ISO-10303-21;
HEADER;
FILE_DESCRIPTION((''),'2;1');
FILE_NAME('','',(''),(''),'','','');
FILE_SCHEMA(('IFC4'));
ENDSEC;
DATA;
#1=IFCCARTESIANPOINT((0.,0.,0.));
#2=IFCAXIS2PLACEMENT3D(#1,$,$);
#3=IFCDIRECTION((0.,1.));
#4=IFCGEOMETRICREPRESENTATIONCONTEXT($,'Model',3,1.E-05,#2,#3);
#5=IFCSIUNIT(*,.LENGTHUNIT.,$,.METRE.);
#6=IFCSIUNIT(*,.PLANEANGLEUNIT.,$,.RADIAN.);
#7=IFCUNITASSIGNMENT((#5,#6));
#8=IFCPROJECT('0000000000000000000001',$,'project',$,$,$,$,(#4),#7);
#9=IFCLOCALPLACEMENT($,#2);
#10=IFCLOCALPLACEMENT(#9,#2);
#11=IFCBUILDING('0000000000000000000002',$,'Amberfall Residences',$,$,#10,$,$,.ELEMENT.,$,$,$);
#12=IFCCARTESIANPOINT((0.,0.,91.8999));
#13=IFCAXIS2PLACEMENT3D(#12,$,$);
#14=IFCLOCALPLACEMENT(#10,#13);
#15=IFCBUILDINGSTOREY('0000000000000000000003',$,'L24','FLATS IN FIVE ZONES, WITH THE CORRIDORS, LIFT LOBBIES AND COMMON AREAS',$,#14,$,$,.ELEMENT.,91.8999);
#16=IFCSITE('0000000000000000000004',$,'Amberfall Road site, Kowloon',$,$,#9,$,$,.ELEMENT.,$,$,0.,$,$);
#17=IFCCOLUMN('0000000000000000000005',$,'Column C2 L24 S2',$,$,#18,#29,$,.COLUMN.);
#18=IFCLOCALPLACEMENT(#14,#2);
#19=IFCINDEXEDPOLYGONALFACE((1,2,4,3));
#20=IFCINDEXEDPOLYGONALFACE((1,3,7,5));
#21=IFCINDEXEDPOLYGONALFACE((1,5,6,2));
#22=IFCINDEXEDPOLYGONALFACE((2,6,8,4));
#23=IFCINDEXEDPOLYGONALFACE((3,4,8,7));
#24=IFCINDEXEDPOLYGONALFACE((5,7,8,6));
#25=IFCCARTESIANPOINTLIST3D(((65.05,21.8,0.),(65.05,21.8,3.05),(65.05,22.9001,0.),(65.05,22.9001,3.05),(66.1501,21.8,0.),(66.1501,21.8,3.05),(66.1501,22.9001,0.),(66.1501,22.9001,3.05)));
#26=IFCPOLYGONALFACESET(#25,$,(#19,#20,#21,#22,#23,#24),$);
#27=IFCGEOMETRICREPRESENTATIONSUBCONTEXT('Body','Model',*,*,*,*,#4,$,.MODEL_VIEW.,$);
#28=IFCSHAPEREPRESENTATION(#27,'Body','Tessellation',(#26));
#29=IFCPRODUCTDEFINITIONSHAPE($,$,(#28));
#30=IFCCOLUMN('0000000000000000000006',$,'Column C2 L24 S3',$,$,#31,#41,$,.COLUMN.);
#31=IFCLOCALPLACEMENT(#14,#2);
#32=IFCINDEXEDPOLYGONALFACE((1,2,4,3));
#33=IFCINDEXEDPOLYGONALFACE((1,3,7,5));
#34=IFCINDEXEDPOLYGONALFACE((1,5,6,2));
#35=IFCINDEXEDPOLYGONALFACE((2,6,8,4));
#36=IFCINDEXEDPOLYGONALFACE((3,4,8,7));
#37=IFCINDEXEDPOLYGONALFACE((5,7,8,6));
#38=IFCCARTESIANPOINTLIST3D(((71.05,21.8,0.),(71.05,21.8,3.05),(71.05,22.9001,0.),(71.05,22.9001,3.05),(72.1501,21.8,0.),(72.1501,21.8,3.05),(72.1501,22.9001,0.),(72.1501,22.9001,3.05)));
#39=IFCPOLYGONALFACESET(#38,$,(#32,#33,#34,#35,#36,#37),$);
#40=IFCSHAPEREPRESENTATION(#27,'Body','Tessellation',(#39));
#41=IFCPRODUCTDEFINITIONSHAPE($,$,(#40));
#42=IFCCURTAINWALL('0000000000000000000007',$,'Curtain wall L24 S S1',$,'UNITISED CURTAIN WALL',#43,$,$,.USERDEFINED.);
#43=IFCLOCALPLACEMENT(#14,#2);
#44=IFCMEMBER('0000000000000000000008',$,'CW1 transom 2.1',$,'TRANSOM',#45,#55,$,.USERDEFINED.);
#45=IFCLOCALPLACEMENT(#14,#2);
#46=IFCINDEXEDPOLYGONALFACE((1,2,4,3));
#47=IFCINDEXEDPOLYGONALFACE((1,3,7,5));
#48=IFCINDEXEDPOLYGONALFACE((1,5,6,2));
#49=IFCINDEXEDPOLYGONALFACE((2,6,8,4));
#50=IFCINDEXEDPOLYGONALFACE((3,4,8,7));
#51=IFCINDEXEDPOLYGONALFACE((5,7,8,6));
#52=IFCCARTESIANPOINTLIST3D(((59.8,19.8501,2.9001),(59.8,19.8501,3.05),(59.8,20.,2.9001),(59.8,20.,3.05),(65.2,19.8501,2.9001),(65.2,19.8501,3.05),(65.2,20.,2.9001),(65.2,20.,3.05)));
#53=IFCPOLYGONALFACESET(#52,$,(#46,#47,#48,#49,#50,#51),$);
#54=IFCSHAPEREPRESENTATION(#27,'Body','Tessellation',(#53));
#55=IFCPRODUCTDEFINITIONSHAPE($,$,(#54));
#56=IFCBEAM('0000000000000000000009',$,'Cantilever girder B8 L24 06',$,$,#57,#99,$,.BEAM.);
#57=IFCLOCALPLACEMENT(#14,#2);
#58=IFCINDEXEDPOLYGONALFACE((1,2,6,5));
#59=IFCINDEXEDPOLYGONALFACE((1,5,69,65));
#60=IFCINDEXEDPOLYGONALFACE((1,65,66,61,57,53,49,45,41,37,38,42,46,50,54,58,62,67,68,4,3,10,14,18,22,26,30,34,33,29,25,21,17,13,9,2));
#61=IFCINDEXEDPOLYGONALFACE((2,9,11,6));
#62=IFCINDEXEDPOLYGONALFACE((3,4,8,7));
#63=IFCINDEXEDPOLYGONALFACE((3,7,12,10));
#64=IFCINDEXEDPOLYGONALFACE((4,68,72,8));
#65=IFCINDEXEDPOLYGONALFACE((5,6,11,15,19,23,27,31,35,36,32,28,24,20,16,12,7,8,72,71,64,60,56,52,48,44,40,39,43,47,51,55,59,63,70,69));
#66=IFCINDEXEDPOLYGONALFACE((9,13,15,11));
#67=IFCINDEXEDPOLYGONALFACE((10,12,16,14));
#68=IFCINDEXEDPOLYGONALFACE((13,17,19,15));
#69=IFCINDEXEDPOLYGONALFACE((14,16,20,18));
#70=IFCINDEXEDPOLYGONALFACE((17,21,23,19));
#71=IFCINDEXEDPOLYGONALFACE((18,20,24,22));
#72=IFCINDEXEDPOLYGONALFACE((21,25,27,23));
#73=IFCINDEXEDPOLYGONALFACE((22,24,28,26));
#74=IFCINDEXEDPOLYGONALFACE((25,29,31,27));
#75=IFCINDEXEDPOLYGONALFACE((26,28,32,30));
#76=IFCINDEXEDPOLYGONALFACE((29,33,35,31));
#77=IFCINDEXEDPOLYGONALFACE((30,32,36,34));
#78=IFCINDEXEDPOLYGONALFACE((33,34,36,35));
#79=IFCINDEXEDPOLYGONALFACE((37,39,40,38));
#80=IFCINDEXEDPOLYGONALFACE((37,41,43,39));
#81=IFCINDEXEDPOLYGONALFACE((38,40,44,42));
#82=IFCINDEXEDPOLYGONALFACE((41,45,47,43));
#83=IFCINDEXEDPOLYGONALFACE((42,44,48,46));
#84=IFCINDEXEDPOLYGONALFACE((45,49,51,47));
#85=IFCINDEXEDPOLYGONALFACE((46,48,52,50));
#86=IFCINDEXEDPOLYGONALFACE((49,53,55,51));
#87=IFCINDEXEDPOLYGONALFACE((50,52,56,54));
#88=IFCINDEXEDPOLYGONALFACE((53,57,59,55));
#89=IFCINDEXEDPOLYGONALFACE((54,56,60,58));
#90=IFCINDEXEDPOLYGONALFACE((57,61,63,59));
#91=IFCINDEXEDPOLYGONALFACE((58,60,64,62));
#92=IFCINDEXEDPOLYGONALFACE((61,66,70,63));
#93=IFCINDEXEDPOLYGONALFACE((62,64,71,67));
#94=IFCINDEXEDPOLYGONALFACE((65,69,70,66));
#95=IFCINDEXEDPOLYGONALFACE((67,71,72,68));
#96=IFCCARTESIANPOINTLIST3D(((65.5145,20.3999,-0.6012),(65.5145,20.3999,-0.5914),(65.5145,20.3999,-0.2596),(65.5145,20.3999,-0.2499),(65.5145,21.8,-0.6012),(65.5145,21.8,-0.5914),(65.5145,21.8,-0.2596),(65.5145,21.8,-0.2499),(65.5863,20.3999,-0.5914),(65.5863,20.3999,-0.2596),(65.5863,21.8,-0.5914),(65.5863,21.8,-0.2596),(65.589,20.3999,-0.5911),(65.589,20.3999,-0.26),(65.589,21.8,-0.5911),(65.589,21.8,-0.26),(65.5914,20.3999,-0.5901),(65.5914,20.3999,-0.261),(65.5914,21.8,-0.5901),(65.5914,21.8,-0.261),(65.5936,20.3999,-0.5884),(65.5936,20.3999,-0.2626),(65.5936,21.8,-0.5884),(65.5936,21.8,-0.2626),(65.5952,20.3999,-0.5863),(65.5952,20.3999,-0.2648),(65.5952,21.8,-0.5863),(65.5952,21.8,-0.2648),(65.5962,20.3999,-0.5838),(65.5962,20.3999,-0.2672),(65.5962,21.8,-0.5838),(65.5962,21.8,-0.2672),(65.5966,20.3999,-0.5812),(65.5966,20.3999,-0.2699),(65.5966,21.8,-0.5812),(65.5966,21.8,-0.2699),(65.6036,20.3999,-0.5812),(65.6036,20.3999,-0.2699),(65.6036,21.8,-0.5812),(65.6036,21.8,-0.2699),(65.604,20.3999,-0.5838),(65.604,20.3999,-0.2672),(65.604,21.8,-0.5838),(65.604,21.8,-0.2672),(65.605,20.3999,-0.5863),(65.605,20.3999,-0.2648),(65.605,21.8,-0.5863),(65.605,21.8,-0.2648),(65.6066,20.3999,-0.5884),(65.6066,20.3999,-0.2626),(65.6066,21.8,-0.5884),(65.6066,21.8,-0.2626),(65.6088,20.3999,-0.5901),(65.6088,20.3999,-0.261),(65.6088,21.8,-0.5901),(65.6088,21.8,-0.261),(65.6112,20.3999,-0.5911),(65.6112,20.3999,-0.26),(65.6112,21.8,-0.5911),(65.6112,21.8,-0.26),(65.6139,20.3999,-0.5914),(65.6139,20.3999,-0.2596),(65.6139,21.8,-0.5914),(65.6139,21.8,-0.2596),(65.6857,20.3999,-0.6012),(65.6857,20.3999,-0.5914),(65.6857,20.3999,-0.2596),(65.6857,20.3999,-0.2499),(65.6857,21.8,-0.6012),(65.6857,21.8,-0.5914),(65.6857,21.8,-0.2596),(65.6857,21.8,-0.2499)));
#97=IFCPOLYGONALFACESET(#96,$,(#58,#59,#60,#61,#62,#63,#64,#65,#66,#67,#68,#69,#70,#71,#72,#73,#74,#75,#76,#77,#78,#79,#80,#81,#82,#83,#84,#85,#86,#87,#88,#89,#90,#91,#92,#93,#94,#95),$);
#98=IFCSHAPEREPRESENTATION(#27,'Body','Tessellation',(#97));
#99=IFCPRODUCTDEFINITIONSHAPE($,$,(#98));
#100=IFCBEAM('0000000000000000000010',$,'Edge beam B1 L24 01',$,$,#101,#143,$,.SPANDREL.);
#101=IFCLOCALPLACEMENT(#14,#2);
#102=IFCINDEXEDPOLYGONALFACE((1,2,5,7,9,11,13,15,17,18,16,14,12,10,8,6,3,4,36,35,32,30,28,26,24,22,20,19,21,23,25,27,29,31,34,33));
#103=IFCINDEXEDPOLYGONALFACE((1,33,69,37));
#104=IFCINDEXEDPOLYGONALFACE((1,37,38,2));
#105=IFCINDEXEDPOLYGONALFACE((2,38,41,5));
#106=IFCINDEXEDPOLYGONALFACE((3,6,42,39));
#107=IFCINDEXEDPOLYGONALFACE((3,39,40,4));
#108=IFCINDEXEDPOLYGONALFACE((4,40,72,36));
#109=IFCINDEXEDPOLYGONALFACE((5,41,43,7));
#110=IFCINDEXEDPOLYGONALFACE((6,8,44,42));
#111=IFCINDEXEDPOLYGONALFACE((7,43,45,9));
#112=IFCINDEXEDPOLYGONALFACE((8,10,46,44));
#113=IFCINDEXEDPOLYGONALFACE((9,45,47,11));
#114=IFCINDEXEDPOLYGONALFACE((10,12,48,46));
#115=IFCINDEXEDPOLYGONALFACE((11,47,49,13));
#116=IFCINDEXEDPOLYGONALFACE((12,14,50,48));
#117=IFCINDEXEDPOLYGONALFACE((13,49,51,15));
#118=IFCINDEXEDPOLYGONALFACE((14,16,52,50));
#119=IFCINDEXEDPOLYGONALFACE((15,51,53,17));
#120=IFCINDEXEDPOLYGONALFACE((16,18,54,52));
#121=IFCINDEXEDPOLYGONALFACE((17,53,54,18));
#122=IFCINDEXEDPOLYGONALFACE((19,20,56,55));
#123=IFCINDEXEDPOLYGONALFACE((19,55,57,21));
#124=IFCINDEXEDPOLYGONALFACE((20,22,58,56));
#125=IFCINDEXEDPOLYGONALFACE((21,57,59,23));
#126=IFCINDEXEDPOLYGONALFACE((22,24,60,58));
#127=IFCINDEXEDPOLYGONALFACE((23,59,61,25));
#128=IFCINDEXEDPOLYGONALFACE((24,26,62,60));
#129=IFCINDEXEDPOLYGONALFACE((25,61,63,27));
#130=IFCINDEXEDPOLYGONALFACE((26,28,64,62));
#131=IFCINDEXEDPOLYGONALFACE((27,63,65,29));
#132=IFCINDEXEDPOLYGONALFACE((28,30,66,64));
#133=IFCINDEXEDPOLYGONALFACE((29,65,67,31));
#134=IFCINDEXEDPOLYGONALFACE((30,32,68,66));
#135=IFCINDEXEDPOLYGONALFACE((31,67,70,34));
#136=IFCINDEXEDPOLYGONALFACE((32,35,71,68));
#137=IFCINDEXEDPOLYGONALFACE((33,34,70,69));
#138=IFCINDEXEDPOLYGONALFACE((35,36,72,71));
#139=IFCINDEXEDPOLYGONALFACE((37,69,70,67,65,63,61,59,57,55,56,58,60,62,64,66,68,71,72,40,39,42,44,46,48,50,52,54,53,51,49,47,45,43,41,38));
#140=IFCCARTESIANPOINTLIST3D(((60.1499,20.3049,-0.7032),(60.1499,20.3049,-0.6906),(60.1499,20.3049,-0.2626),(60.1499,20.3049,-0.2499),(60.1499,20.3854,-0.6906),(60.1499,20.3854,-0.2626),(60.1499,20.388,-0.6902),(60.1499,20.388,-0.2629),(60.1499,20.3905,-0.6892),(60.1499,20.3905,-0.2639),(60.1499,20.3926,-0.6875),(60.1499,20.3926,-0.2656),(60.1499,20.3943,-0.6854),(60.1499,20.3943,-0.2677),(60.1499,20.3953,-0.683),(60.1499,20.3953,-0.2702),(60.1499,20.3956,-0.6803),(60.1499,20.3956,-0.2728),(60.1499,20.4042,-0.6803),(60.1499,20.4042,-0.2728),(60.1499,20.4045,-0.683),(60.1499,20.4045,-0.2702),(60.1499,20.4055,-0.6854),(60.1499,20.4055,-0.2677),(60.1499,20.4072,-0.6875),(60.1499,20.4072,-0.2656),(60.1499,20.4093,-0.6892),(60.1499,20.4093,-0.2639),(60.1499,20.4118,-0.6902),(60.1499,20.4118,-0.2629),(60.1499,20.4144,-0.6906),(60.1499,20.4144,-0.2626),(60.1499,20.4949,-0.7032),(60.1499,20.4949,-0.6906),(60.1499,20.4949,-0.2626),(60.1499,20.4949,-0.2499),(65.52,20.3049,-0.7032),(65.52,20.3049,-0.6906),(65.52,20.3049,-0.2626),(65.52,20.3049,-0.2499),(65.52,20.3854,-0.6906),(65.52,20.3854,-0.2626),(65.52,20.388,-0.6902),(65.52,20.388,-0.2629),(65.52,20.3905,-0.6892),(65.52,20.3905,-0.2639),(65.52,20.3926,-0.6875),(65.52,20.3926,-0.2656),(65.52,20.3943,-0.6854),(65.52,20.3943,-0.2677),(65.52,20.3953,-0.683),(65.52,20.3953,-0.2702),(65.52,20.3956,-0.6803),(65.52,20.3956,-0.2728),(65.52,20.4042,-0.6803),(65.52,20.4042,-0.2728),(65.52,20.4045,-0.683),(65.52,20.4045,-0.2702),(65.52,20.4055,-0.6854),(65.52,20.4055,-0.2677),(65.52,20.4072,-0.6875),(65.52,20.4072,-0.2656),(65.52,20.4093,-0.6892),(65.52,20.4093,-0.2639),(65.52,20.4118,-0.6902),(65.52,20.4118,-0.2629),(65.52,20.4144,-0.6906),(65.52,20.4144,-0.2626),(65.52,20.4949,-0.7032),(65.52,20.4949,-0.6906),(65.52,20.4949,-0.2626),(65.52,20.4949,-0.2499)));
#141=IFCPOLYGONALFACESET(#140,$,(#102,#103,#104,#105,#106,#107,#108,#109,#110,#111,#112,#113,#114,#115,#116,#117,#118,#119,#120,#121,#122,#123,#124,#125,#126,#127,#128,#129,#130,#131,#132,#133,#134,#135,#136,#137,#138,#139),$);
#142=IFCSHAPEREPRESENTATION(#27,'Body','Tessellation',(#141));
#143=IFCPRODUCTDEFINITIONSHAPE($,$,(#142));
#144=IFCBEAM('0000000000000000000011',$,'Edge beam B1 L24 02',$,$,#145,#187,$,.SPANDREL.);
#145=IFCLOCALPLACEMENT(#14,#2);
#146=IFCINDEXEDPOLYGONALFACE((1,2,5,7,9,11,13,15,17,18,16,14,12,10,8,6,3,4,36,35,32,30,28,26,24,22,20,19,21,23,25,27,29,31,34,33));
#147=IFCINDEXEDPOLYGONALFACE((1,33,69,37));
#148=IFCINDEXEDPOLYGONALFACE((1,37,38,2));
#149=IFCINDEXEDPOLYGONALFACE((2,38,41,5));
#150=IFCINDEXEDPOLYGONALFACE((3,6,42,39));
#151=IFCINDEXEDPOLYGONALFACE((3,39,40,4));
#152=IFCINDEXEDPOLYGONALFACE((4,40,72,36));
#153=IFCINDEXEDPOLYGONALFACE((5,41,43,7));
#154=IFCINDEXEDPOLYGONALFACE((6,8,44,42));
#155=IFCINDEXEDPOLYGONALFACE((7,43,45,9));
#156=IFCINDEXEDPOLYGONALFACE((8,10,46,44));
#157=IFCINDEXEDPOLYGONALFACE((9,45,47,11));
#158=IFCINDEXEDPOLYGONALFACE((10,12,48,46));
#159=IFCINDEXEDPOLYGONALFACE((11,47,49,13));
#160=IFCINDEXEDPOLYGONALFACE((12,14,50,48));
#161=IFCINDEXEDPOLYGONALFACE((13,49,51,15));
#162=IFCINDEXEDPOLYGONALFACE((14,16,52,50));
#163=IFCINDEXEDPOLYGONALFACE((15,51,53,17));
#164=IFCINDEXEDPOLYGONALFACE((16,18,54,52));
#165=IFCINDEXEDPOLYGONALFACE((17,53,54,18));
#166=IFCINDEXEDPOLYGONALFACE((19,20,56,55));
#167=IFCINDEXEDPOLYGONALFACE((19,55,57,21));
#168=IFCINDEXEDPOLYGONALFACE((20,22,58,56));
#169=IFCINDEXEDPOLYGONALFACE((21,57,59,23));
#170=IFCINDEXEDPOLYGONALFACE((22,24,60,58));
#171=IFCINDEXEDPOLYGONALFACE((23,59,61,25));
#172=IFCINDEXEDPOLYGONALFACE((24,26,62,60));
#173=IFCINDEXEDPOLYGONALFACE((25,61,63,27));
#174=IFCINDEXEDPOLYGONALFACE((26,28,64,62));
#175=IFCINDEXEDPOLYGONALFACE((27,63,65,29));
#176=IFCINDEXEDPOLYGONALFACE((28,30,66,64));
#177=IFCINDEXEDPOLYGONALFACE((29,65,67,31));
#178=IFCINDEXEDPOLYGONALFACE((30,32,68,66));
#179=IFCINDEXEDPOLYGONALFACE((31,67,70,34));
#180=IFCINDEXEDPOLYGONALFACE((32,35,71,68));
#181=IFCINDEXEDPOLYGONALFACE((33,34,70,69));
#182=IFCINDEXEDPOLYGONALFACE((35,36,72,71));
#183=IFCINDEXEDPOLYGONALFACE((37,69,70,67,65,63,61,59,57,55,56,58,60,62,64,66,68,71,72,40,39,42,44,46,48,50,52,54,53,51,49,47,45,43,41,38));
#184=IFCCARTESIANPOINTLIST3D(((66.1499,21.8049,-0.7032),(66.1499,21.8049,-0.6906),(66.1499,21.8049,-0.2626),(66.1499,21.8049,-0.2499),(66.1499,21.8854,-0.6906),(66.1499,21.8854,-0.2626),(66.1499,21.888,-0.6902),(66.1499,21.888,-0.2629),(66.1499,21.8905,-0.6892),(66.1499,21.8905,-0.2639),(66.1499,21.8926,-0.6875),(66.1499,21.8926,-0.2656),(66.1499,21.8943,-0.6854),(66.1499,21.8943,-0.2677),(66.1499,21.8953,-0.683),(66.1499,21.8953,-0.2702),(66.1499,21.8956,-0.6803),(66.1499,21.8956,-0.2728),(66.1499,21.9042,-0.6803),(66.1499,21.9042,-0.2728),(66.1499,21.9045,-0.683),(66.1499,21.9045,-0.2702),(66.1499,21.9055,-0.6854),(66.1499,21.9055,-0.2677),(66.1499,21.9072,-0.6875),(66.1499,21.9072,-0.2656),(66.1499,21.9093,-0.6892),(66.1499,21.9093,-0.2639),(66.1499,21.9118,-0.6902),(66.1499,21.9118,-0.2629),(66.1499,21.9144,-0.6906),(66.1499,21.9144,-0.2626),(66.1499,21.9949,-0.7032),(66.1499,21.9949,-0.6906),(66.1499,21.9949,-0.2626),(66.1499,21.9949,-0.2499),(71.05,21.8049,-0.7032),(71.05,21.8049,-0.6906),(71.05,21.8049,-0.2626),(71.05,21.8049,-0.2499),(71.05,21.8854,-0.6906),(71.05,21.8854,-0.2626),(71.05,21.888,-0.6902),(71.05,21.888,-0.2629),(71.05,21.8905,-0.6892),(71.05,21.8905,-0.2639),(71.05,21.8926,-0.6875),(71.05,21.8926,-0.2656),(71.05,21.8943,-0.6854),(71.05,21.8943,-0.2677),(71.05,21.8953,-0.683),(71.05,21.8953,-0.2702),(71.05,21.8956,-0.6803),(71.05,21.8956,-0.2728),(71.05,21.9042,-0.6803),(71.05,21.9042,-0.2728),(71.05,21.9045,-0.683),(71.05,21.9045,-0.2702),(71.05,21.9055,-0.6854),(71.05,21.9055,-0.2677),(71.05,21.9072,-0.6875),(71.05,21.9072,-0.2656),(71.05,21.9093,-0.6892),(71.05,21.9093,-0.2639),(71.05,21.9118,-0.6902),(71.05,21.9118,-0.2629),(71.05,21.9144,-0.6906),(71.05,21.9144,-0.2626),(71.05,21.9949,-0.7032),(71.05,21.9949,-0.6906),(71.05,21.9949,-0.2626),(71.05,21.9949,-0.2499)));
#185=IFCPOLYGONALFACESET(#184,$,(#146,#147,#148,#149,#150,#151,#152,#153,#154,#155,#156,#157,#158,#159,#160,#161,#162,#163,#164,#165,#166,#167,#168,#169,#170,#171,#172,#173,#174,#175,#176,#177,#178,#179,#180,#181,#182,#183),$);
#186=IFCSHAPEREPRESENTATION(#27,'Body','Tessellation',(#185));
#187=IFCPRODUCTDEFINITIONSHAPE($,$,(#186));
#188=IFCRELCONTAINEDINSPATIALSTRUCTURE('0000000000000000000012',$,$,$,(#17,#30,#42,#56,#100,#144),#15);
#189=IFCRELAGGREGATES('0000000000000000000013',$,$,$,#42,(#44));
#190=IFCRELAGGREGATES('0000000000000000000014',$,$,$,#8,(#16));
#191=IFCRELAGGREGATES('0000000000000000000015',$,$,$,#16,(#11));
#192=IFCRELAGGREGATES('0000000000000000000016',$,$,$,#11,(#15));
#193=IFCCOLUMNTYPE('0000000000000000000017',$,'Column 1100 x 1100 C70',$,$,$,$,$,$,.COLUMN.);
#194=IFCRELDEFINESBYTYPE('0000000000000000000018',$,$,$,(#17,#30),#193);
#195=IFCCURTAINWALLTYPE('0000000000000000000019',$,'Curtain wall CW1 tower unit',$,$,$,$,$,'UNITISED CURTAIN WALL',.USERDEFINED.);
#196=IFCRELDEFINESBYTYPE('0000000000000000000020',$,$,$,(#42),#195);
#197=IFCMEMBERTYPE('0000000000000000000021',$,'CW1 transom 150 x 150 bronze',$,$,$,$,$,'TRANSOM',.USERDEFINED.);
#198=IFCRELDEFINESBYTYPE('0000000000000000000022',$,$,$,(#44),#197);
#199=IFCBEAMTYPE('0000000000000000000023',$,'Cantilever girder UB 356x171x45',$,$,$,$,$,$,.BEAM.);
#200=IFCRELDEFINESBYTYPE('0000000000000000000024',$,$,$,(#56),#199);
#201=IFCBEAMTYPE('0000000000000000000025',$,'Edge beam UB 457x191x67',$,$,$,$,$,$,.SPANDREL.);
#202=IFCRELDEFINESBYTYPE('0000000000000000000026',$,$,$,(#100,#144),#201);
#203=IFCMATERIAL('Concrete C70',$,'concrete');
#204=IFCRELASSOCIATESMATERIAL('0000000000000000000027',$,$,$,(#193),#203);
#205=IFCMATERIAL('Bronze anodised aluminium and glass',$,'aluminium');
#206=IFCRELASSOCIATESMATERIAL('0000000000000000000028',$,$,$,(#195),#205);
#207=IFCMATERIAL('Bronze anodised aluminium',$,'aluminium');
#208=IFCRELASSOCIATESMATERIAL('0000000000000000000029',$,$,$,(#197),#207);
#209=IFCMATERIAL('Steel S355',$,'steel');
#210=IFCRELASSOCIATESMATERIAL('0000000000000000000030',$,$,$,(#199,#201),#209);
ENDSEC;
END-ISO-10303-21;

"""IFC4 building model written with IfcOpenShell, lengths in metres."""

from ifc_helpers import new_model, si_unit, direction, frame, origin, origin_2d, place, context, subcontext, project, spatial, rectangle, i_section, extrude, material, material_profile, profile_set, type_object, element, aggregate, save


model = new_model("IFC4")

# Units and contexts
model_context = context("Model", 3, precision=1e-05, world=origin(), true_north=direction((0.0, 1.0)))
body_context = subcontext(model_context, "Body", "Model", "MODEL_VIEW")
ifc_project = project(units=[si_unit("LENGTHUNIT", "METRE"), si_unit("PLANEANGLEUNIT", "RADIAN")], contexts=[model_context])

# Site, building, storey
site_placement = place(None, origin())
site = spatial("IfcSite", under=ifc_project, at=site_placement, Name="Amberfall Road site, Kowloon", CompositionType="ELEMENT", RefElevation=0.0)
building_placement = place(site_placement, origin())
building = spatial("IfcBuilding", under=site, at=building_placement, Name="Amberfall Residences", CompositionType="ELEMENT")
storey_placement = place(building_placement, frame((0.0, 0.0, 91.8999)))
storey = spatial("IfcBuildingStorey", under=building, at=storey_placement, Name="L24", Description="FLATS IN FIVE ZONES, WITH THE CORRIDORS, LIFT LOBBIES AND COMMON AREAS", CompositionType="ELEMENT", Elevation=91.8999)

# Columns
ifc_material_1 = material(Name="Concrete C70", Category="concrete")
ifc_material_profile_1 = material_profile(ifc_material_1, rectangle(XDim=1.1001, YDim=1.1001, at=origin_2d()), Name="Column 1100 x 1100 C70")
ifc_profile_set_1 = profile_set([ifc_material_profile_1], Name="Concrete C70")
column_type = type_object("IfcColumnType", Name="Column 1100 x 1100 C70", PredefinedType="COLUMN", material=ifc_profile_set_1)
for number, where, z_axis, x_axis, name in (
    (1, (65.6001, 22.3501, 0.0), (0.0, 0.0, 1.0), (1.0, 0.0, 0.0), "Column C2 L24 S2"),
    (2, (71.6001, 22.3501, 0.0), (0.0, 0.0, 1.0), (1.0, 0.0, 0.0), "Column C2 L24 S3"),
):
    element("IfcColumn", number, at=place(storey_placement, frame(where, z_axis=z_axis, x_axis=x_axis)), inside=storey, type_object=column_type, Name=name, PredefinedType="COLUMN", context=body_context, shape_type="SweptSolid", body=[
        extrude(rectangle(XDim=1.1001, YDim=1.1001, at=origin_2d()), origin(), (0.0, 0.0, 1.0), 3.05),
    ])

# Curtain wall, member
ifc_material_2 = material(Name="Bronze anodised aluminium and glass", Category="aluminium")
curtain_wall_type = type_object("IfcCurtainWallType", Name="Curtain wall CW1 tower unit", ElementType="UNITISED CURTAIN WALL", PredefinedType="USERDEFINED", material=ifc_material_2)
curtain_wall_placement = place(storey_placement, origin())
curtain_wall = element("IfcCurtainWall", 3, at=curtain_wall_placement, inside=storey, type_object=curtain_wall_type, Name="Curtain wall L24 S S1", ObjectType="UNITISED CURTAIN WALL", PredefinedType="USERDEFINED")
ifc_material_3 = material(Name="Bronze anodised aluminium", Category="aluminium")
ifc_material_profile_2 = material_profile(ifc_material_3, rectangle(XDim=0.1499, YDim=0.1499, at=origin_2d()), Name="CW1 transom 150 x 150 bronze")
ifc_profile_set_2 = profile_set([ifc_material_profile_2], Name="Bronze anodised aluminium")
member_type_1 = type_object("IfcMemberType", Name="CW1 transom 150 x 150 bronze", ElementType="TRANSOM", PredefinedType="USERDEFINED", material=ifc_profile_set_2)
member_1_placement = place(storey_placement, frame((59.8, 19.925, 2.9751), z_axis=(1.0, 0.0, 0.0), x_axis=(0.0, 1.0, 0.0)))
member_1 = element("IfcMember", 4, at=member_1_placement, type_object=member_type_1, Name="CW1 transom 2.1", ObjectType="TRANSOM", PredefinedType="USERDEFINED", context=body_context, shape_type="SweptSolid", body=[
    extrude(rectangle(XDim=0.1499, YDim=0.1499, at=origin_2d()), origin(), (0.0, 0.0, 1.0), 5.3999),
])

# Beams
ifc_material_4 = material(Name="Steel S355", Category="steel")
ifc_material_profile_3 = material_profile(ifc_material_4, i_section(OverallWidth=0.1711, OverallDepth=0.3513, WebThickness=0.0071, FlangeThickness=0.0098, FilletRadius=0.0103, at=origin_2d()), Name="UB 356x171x45")
ifc_profile_set_3 = profile_set([ifc_material_profile_3], Name="Steel S355")
beam_type_1 = type_object("IfcBeamType", Name="Cantilever girder UB 356x171x45", PredefinedType="BEAM", material=ifc_profile_set_3)
beam_1_placement = place(storey_placement, frame((65.6001, 21.8, -0.4255), z_axis=(0.0, -1.0, 0.0), x_axis=(1.0, 0.0, 0.0)))
element("IfcBeam", 5, at=beam_1_placement, inside=storey, type_object=beam_type_1, Name="Cantilever girder B8 L24 06", PredefinedType="BEAM", context=body_context, shape_type="SweptSolid", body=[
    extrude(i_section(OverallWidth=0.1711, OverallDepth=0.3513, WebThickness=0.0071, FlangeThickness=0.0098, FilletRadius=0.0103, at=origin_2d()), origin(), (0.0, 0.0, 1.0), 1.4001),
])
ifc_material_profile_4 = material_profile(ifc_material_4, i_section(OverallWidth=0.1899, OverallDepth=0.4534, WebThickness=0.0085, FlangeThickness=0.0127, FilletRadius=0.0103, at=origin_2d()), Name="UB 457x191x67")
ifc_profile_set_4 = profile_set([ifc_material_profile_4], Name="Steel S355")
beam_type_2 = type_object("IfcBeamType", Name="Edge beam UB 457x191x67", PredefinedType="SPANDREL", material=ifc_profile_set_4)
beam_2_placement = place(storey_placement, frame((60.1499, 20.3999, -0.4766), z_axis=(1.0, 0.0, 0.0), x_axis=(0.0, 1.0, 0.0)))
element("IfcBeam", 6, at=beam_2_placement, inside=storey, type_object=beam_type_2, Name="Edge beam B1 L24 01", PredefinedType="SPANDREL", context=body_context, shape_type="SweptSolid", body=[
    extrude(i_section(OverallWidth=0.1899, OverallDepth=0.4534, WebThickness=0.0085, FlangeThickness=0.0127, FilletRadius=0.0103, at=origin_2d()), origin(), (0.0, 0.0, 1.0), 5.3701),
])
beam_3_placement = place(storey_placement, frame((66.1499, 21.8999, -0.4766), z_axis=(1.0, 0.0, 0.0), x_axis=(0.0, 1.0, 0.0)))
element("IfcBeam", 7, at=beam_3_placement, inside=storey, type_object=beam_type_2, Name="Edge beam B1 L24 02", PredefinedType="SPANDREL", context=body_context, shape_type="SweptSolid", body=[
    extrude(i_section(OverallWidth=0.1899, OverallDepth=0.4534, WebThickness=0.0085, FlangeThickness=0.0127, FilletRadius=0.0103, at=origin_2d()), origin(), (0.0, 0.0, 1.0), 4.9001),
])

aggregate(curtain_wall, [member_1])

save(model, "model.ifc")
